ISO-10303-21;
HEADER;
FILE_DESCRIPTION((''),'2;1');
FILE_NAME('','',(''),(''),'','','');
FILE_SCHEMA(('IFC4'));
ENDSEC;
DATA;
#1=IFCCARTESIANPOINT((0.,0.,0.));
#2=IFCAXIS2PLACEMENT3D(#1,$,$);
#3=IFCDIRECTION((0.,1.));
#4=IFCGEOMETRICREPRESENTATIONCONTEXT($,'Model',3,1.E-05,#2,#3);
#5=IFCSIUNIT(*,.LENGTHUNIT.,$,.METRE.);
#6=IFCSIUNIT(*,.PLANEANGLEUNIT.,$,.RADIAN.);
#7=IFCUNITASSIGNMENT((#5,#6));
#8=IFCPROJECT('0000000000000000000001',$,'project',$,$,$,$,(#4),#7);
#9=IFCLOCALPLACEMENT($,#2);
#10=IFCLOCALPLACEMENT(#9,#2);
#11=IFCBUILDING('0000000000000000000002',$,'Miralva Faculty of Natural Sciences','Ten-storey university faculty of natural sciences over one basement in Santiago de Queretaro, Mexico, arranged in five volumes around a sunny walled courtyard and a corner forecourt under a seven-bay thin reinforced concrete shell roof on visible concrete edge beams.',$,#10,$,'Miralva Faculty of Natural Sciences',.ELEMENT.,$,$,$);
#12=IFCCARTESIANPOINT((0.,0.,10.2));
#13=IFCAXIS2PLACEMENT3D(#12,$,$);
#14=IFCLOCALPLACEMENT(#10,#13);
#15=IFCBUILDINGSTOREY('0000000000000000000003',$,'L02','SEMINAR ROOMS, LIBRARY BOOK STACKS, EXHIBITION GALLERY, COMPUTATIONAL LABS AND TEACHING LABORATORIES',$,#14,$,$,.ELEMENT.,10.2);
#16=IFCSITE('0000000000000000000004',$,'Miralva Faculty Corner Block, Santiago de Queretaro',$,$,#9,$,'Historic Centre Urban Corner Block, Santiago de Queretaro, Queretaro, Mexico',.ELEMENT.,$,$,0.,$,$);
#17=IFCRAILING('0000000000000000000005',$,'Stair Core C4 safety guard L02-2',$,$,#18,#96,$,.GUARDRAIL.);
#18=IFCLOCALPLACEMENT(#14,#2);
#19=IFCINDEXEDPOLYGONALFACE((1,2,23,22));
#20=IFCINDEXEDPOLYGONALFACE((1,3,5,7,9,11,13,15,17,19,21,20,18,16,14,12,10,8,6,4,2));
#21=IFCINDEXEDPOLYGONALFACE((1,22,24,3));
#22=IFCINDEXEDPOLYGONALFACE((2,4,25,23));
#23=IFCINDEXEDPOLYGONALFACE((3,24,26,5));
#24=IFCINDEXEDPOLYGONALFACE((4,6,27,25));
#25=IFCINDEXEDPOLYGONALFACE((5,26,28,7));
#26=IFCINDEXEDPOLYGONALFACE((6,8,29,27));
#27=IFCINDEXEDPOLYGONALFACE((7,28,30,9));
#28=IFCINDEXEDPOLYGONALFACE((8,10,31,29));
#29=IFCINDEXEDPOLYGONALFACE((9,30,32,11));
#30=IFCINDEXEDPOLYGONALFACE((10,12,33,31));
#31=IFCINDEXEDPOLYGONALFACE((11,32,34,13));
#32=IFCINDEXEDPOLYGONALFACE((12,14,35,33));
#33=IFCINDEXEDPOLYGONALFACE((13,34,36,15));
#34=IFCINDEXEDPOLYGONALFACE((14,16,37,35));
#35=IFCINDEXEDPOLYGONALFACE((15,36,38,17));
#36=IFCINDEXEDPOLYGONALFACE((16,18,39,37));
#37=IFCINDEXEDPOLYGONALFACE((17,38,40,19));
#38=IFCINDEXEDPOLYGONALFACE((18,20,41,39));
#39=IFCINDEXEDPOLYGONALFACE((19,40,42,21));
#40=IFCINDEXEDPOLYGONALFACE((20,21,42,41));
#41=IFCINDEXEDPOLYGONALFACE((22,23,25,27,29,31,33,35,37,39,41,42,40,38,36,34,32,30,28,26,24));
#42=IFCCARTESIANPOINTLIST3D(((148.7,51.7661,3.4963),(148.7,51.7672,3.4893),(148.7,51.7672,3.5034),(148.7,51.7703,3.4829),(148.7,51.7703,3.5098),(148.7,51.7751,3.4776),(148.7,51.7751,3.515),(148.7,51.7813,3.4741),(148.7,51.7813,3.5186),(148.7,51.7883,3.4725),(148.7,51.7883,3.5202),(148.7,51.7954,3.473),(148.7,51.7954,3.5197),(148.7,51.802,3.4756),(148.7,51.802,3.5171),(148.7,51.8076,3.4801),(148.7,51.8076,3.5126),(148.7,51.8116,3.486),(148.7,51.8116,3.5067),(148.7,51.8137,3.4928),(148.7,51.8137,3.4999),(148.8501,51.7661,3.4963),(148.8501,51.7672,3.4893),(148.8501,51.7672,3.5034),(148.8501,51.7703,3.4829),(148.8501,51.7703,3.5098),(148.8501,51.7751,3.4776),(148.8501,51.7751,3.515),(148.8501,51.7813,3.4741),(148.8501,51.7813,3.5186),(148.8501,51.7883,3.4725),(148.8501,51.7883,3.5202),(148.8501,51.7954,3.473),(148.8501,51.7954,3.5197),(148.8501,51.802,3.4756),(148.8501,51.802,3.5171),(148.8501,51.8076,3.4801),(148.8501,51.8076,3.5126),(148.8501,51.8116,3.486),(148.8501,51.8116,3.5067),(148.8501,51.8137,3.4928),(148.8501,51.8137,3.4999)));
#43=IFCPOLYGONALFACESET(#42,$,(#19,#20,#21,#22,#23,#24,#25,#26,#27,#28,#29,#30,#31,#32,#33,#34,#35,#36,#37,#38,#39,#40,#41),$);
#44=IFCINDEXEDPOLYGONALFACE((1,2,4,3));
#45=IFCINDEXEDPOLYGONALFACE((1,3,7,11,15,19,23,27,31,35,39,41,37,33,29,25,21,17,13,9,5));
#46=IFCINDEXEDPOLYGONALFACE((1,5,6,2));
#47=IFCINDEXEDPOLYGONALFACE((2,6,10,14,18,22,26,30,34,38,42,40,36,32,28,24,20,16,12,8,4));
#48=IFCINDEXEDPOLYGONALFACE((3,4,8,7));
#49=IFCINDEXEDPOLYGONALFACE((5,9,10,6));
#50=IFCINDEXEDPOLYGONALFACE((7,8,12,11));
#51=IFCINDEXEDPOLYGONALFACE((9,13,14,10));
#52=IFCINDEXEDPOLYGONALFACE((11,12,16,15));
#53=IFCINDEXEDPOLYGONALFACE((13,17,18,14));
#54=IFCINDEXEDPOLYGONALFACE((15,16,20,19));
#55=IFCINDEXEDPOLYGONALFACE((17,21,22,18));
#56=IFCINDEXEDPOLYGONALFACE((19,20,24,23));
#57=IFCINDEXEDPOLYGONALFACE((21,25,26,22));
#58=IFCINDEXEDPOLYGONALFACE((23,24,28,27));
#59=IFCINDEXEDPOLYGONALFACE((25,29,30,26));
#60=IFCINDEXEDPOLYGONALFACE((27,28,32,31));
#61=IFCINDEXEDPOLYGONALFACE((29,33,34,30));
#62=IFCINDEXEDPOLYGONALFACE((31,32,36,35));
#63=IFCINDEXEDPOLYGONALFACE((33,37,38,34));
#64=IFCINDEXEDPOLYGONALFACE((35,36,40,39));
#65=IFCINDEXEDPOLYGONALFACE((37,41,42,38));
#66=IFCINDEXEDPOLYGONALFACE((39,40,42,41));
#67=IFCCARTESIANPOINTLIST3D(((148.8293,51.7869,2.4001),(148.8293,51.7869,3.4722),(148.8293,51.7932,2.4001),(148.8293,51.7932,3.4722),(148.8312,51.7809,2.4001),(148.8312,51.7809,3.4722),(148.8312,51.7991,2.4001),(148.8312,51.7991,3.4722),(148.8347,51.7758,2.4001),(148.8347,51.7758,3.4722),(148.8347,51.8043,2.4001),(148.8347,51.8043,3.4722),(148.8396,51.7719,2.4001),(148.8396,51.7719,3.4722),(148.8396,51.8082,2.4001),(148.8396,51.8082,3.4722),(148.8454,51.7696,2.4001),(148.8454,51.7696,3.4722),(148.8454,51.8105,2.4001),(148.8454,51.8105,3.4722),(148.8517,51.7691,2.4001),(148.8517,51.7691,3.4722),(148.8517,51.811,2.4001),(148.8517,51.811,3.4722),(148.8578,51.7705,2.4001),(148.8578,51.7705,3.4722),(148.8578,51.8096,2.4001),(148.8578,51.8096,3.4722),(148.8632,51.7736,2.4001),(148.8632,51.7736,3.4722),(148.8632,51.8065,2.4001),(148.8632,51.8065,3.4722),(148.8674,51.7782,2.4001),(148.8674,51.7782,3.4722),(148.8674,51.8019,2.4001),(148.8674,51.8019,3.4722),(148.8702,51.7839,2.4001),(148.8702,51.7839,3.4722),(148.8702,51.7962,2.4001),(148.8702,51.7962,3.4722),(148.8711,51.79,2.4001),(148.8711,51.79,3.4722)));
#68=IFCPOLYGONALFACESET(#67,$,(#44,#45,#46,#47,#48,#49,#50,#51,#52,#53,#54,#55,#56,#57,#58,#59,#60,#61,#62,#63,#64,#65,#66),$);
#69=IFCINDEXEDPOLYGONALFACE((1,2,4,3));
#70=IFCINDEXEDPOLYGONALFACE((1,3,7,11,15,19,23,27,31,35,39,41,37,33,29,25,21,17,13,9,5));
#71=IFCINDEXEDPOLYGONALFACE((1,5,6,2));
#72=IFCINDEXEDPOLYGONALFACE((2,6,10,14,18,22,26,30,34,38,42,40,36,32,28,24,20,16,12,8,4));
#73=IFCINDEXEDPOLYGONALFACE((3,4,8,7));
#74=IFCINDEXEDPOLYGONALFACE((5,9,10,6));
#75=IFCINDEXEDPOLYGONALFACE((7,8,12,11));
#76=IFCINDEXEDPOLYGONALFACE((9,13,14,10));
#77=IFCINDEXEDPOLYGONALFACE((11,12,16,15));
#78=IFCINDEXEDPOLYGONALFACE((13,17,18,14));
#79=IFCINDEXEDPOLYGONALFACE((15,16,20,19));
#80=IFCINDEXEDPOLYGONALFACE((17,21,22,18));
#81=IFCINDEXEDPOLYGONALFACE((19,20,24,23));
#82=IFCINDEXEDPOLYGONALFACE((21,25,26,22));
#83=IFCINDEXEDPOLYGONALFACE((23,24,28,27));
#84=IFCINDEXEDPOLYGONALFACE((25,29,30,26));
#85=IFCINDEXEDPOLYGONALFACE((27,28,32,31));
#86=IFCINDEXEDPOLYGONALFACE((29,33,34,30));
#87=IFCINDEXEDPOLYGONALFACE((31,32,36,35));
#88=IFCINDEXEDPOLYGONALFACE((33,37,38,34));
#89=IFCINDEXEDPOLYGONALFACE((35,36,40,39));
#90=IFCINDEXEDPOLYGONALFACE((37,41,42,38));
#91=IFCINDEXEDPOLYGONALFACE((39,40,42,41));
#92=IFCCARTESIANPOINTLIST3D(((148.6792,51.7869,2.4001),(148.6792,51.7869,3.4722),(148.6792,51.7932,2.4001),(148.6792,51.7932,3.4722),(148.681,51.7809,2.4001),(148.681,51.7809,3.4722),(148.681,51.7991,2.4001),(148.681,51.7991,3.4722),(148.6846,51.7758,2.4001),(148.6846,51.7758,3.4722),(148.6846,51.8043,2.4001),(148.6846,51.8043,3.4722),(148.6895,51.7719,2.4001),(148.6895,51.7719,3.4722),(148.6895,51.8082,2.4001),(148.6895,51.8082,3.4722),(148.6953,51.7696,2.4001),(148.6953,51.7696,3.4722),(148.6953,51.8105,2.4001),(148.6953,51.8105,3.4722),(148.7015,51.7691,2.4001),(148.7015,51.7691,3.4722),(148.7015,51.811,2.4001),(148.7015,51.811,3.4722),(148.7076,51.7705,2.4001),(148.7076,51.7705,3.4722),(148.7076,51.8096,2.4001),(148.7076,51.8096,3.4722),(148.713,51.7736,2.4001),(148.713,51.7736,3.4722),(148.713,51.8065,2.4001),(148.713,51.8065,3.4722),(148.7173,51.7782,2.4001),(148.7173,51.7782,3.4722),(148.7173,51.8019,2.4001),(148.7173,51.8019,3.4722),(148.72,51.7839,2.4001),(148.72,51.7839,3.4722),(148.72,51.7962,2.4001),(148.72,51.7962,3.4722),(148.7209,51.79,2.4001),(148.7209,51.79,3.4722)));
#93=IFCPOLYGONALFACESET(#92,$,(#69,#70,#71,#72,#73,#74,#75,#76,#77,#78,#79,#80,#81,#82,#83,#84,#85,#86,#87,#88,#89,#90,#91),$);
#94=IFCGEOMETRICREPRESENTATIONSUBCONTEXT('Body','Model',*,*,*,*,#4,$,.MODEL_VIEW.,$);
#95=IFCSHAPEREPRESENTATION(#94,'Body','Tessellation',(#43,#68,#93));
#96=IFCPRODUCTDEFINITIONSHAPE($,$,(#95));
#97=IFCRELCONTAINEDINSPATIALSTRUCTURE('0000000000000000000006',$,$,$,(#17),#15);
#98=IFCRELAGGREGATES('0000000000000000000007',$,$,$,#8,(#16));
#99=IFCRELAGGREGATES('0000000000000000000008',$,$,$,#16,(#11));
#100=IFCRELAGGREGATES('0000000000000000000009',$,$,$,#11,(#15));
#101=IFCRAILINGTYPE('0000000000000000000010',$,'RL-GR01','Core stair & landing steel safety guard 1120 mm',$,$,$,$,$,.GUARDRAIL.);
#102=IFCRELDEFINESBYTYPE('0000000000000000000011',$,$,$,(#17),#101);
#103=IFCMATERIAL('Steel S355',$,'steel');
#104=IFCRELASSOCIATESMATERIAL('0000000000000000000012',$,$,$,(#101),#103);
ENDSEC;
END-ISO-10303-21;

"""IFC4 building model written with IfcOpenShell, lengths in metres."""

from ifc_helpers import new_model, si_unit, direction, frame, origin, origin_2d, place, context, subcontext, project, spatial, circle, extrude, material, type_object, element, save


model = new_model("IFC4")

# Units and contexts
model_context = context("Model", 3, precision=1e-05, world=origin(), true_north=direction((0.0, 1.0)))
body_context = subcontext(model_context, "Body", "Model", "MODEL_VIEW")
ifc_project = project(units=[si_unit("LENGTHUNIT", "METRE"), si_unit("PLANEANGLEUNIT", "RADIAN")], contexts=[model_context])

# Site, building, storey
site_placement = place(None, origin())
site = spatial("IfcSite", under=ifc_project, at=site_placement, Name="Miralva Faculty Corner Block, Santiago de Queretaro", LongName="Historic Centre Urban Corner Block, Santiago de Queretaro, Queretaro, Mexico", CompositionType="ELEMENT", RefElevation=0.0)
building_placement = place(site_placement, origin())
building = spatial("IfcBuilding", under=site, at=building_placement, Name="Miralva Faculty of Natural Sciences", Description="Ten-storey university faculty of natural sciences over one basement in Santiago de Queretaro, Mexico, arranged in five volumes around a sunny walled courtyard and a corner forecourt under a seven-bay thin reinforced concrete shell roof on visible concrete edge beams.", LongName="Miralva Faculty of Natural Sciences", CompositionType="ELEMENT")
storey_placement = place(building_placement, frame((0.0, 0.0, 10.2)))
storey = spatial("IfcBuildingStorey", under=building, at=storey_placement, Name="L02", Description="SEMINAR ROOMS, LIBRARY BOOK STACKS, EXHIBITION GALLERY, COMPUTATIONAL LABS AND TEACHING LABORATORIES", CompositionType="ELEMENT", Elevation=10.2)

# Railing
ifc_material_1 = material(Name="Steel S355", Category="steel")
railing_type_1 = type_object("IfcRailingType", Name="RL-GR01", Description="Core stair & landing steel safety guard 1120 mm", PredefinedType="GUARDRAIL", material=ifc_material_1)
railing_1_placement = place(storey_placement, frame((148.8501, 51.79, 2.4001)))
element("IfcRailing", 1, at=railing_1_placement, inside=storey, type_object=railing_type_1, Name="Stair Core C4 safety guard L02-2", PredefinedType="GUARDRAIL", context=body_context, shape_type="SweptSolid", body=[
    extrude(circle(Radius=0.0239, at=origin_2d()), frame((0.0, 0.0, 1.0962), z_axis=(-1.0, 0.0, 0.0), x_axis=(0.0, -1.0, 0.0)), (0.0, 0.0, 1.0), 0.1501),
    extrude(circle(Radius=0.021, at=origin_2d()), origin(), (0.0, 0.0, 1.0), 1.072),
    extrude(circle(Radius=0.021, at=origin_2d()), frame((-0.1501, 0.0, 0.0)), (0.0, 0.0, 1.0), 1.072),
])

save(model, "model.ifc")
